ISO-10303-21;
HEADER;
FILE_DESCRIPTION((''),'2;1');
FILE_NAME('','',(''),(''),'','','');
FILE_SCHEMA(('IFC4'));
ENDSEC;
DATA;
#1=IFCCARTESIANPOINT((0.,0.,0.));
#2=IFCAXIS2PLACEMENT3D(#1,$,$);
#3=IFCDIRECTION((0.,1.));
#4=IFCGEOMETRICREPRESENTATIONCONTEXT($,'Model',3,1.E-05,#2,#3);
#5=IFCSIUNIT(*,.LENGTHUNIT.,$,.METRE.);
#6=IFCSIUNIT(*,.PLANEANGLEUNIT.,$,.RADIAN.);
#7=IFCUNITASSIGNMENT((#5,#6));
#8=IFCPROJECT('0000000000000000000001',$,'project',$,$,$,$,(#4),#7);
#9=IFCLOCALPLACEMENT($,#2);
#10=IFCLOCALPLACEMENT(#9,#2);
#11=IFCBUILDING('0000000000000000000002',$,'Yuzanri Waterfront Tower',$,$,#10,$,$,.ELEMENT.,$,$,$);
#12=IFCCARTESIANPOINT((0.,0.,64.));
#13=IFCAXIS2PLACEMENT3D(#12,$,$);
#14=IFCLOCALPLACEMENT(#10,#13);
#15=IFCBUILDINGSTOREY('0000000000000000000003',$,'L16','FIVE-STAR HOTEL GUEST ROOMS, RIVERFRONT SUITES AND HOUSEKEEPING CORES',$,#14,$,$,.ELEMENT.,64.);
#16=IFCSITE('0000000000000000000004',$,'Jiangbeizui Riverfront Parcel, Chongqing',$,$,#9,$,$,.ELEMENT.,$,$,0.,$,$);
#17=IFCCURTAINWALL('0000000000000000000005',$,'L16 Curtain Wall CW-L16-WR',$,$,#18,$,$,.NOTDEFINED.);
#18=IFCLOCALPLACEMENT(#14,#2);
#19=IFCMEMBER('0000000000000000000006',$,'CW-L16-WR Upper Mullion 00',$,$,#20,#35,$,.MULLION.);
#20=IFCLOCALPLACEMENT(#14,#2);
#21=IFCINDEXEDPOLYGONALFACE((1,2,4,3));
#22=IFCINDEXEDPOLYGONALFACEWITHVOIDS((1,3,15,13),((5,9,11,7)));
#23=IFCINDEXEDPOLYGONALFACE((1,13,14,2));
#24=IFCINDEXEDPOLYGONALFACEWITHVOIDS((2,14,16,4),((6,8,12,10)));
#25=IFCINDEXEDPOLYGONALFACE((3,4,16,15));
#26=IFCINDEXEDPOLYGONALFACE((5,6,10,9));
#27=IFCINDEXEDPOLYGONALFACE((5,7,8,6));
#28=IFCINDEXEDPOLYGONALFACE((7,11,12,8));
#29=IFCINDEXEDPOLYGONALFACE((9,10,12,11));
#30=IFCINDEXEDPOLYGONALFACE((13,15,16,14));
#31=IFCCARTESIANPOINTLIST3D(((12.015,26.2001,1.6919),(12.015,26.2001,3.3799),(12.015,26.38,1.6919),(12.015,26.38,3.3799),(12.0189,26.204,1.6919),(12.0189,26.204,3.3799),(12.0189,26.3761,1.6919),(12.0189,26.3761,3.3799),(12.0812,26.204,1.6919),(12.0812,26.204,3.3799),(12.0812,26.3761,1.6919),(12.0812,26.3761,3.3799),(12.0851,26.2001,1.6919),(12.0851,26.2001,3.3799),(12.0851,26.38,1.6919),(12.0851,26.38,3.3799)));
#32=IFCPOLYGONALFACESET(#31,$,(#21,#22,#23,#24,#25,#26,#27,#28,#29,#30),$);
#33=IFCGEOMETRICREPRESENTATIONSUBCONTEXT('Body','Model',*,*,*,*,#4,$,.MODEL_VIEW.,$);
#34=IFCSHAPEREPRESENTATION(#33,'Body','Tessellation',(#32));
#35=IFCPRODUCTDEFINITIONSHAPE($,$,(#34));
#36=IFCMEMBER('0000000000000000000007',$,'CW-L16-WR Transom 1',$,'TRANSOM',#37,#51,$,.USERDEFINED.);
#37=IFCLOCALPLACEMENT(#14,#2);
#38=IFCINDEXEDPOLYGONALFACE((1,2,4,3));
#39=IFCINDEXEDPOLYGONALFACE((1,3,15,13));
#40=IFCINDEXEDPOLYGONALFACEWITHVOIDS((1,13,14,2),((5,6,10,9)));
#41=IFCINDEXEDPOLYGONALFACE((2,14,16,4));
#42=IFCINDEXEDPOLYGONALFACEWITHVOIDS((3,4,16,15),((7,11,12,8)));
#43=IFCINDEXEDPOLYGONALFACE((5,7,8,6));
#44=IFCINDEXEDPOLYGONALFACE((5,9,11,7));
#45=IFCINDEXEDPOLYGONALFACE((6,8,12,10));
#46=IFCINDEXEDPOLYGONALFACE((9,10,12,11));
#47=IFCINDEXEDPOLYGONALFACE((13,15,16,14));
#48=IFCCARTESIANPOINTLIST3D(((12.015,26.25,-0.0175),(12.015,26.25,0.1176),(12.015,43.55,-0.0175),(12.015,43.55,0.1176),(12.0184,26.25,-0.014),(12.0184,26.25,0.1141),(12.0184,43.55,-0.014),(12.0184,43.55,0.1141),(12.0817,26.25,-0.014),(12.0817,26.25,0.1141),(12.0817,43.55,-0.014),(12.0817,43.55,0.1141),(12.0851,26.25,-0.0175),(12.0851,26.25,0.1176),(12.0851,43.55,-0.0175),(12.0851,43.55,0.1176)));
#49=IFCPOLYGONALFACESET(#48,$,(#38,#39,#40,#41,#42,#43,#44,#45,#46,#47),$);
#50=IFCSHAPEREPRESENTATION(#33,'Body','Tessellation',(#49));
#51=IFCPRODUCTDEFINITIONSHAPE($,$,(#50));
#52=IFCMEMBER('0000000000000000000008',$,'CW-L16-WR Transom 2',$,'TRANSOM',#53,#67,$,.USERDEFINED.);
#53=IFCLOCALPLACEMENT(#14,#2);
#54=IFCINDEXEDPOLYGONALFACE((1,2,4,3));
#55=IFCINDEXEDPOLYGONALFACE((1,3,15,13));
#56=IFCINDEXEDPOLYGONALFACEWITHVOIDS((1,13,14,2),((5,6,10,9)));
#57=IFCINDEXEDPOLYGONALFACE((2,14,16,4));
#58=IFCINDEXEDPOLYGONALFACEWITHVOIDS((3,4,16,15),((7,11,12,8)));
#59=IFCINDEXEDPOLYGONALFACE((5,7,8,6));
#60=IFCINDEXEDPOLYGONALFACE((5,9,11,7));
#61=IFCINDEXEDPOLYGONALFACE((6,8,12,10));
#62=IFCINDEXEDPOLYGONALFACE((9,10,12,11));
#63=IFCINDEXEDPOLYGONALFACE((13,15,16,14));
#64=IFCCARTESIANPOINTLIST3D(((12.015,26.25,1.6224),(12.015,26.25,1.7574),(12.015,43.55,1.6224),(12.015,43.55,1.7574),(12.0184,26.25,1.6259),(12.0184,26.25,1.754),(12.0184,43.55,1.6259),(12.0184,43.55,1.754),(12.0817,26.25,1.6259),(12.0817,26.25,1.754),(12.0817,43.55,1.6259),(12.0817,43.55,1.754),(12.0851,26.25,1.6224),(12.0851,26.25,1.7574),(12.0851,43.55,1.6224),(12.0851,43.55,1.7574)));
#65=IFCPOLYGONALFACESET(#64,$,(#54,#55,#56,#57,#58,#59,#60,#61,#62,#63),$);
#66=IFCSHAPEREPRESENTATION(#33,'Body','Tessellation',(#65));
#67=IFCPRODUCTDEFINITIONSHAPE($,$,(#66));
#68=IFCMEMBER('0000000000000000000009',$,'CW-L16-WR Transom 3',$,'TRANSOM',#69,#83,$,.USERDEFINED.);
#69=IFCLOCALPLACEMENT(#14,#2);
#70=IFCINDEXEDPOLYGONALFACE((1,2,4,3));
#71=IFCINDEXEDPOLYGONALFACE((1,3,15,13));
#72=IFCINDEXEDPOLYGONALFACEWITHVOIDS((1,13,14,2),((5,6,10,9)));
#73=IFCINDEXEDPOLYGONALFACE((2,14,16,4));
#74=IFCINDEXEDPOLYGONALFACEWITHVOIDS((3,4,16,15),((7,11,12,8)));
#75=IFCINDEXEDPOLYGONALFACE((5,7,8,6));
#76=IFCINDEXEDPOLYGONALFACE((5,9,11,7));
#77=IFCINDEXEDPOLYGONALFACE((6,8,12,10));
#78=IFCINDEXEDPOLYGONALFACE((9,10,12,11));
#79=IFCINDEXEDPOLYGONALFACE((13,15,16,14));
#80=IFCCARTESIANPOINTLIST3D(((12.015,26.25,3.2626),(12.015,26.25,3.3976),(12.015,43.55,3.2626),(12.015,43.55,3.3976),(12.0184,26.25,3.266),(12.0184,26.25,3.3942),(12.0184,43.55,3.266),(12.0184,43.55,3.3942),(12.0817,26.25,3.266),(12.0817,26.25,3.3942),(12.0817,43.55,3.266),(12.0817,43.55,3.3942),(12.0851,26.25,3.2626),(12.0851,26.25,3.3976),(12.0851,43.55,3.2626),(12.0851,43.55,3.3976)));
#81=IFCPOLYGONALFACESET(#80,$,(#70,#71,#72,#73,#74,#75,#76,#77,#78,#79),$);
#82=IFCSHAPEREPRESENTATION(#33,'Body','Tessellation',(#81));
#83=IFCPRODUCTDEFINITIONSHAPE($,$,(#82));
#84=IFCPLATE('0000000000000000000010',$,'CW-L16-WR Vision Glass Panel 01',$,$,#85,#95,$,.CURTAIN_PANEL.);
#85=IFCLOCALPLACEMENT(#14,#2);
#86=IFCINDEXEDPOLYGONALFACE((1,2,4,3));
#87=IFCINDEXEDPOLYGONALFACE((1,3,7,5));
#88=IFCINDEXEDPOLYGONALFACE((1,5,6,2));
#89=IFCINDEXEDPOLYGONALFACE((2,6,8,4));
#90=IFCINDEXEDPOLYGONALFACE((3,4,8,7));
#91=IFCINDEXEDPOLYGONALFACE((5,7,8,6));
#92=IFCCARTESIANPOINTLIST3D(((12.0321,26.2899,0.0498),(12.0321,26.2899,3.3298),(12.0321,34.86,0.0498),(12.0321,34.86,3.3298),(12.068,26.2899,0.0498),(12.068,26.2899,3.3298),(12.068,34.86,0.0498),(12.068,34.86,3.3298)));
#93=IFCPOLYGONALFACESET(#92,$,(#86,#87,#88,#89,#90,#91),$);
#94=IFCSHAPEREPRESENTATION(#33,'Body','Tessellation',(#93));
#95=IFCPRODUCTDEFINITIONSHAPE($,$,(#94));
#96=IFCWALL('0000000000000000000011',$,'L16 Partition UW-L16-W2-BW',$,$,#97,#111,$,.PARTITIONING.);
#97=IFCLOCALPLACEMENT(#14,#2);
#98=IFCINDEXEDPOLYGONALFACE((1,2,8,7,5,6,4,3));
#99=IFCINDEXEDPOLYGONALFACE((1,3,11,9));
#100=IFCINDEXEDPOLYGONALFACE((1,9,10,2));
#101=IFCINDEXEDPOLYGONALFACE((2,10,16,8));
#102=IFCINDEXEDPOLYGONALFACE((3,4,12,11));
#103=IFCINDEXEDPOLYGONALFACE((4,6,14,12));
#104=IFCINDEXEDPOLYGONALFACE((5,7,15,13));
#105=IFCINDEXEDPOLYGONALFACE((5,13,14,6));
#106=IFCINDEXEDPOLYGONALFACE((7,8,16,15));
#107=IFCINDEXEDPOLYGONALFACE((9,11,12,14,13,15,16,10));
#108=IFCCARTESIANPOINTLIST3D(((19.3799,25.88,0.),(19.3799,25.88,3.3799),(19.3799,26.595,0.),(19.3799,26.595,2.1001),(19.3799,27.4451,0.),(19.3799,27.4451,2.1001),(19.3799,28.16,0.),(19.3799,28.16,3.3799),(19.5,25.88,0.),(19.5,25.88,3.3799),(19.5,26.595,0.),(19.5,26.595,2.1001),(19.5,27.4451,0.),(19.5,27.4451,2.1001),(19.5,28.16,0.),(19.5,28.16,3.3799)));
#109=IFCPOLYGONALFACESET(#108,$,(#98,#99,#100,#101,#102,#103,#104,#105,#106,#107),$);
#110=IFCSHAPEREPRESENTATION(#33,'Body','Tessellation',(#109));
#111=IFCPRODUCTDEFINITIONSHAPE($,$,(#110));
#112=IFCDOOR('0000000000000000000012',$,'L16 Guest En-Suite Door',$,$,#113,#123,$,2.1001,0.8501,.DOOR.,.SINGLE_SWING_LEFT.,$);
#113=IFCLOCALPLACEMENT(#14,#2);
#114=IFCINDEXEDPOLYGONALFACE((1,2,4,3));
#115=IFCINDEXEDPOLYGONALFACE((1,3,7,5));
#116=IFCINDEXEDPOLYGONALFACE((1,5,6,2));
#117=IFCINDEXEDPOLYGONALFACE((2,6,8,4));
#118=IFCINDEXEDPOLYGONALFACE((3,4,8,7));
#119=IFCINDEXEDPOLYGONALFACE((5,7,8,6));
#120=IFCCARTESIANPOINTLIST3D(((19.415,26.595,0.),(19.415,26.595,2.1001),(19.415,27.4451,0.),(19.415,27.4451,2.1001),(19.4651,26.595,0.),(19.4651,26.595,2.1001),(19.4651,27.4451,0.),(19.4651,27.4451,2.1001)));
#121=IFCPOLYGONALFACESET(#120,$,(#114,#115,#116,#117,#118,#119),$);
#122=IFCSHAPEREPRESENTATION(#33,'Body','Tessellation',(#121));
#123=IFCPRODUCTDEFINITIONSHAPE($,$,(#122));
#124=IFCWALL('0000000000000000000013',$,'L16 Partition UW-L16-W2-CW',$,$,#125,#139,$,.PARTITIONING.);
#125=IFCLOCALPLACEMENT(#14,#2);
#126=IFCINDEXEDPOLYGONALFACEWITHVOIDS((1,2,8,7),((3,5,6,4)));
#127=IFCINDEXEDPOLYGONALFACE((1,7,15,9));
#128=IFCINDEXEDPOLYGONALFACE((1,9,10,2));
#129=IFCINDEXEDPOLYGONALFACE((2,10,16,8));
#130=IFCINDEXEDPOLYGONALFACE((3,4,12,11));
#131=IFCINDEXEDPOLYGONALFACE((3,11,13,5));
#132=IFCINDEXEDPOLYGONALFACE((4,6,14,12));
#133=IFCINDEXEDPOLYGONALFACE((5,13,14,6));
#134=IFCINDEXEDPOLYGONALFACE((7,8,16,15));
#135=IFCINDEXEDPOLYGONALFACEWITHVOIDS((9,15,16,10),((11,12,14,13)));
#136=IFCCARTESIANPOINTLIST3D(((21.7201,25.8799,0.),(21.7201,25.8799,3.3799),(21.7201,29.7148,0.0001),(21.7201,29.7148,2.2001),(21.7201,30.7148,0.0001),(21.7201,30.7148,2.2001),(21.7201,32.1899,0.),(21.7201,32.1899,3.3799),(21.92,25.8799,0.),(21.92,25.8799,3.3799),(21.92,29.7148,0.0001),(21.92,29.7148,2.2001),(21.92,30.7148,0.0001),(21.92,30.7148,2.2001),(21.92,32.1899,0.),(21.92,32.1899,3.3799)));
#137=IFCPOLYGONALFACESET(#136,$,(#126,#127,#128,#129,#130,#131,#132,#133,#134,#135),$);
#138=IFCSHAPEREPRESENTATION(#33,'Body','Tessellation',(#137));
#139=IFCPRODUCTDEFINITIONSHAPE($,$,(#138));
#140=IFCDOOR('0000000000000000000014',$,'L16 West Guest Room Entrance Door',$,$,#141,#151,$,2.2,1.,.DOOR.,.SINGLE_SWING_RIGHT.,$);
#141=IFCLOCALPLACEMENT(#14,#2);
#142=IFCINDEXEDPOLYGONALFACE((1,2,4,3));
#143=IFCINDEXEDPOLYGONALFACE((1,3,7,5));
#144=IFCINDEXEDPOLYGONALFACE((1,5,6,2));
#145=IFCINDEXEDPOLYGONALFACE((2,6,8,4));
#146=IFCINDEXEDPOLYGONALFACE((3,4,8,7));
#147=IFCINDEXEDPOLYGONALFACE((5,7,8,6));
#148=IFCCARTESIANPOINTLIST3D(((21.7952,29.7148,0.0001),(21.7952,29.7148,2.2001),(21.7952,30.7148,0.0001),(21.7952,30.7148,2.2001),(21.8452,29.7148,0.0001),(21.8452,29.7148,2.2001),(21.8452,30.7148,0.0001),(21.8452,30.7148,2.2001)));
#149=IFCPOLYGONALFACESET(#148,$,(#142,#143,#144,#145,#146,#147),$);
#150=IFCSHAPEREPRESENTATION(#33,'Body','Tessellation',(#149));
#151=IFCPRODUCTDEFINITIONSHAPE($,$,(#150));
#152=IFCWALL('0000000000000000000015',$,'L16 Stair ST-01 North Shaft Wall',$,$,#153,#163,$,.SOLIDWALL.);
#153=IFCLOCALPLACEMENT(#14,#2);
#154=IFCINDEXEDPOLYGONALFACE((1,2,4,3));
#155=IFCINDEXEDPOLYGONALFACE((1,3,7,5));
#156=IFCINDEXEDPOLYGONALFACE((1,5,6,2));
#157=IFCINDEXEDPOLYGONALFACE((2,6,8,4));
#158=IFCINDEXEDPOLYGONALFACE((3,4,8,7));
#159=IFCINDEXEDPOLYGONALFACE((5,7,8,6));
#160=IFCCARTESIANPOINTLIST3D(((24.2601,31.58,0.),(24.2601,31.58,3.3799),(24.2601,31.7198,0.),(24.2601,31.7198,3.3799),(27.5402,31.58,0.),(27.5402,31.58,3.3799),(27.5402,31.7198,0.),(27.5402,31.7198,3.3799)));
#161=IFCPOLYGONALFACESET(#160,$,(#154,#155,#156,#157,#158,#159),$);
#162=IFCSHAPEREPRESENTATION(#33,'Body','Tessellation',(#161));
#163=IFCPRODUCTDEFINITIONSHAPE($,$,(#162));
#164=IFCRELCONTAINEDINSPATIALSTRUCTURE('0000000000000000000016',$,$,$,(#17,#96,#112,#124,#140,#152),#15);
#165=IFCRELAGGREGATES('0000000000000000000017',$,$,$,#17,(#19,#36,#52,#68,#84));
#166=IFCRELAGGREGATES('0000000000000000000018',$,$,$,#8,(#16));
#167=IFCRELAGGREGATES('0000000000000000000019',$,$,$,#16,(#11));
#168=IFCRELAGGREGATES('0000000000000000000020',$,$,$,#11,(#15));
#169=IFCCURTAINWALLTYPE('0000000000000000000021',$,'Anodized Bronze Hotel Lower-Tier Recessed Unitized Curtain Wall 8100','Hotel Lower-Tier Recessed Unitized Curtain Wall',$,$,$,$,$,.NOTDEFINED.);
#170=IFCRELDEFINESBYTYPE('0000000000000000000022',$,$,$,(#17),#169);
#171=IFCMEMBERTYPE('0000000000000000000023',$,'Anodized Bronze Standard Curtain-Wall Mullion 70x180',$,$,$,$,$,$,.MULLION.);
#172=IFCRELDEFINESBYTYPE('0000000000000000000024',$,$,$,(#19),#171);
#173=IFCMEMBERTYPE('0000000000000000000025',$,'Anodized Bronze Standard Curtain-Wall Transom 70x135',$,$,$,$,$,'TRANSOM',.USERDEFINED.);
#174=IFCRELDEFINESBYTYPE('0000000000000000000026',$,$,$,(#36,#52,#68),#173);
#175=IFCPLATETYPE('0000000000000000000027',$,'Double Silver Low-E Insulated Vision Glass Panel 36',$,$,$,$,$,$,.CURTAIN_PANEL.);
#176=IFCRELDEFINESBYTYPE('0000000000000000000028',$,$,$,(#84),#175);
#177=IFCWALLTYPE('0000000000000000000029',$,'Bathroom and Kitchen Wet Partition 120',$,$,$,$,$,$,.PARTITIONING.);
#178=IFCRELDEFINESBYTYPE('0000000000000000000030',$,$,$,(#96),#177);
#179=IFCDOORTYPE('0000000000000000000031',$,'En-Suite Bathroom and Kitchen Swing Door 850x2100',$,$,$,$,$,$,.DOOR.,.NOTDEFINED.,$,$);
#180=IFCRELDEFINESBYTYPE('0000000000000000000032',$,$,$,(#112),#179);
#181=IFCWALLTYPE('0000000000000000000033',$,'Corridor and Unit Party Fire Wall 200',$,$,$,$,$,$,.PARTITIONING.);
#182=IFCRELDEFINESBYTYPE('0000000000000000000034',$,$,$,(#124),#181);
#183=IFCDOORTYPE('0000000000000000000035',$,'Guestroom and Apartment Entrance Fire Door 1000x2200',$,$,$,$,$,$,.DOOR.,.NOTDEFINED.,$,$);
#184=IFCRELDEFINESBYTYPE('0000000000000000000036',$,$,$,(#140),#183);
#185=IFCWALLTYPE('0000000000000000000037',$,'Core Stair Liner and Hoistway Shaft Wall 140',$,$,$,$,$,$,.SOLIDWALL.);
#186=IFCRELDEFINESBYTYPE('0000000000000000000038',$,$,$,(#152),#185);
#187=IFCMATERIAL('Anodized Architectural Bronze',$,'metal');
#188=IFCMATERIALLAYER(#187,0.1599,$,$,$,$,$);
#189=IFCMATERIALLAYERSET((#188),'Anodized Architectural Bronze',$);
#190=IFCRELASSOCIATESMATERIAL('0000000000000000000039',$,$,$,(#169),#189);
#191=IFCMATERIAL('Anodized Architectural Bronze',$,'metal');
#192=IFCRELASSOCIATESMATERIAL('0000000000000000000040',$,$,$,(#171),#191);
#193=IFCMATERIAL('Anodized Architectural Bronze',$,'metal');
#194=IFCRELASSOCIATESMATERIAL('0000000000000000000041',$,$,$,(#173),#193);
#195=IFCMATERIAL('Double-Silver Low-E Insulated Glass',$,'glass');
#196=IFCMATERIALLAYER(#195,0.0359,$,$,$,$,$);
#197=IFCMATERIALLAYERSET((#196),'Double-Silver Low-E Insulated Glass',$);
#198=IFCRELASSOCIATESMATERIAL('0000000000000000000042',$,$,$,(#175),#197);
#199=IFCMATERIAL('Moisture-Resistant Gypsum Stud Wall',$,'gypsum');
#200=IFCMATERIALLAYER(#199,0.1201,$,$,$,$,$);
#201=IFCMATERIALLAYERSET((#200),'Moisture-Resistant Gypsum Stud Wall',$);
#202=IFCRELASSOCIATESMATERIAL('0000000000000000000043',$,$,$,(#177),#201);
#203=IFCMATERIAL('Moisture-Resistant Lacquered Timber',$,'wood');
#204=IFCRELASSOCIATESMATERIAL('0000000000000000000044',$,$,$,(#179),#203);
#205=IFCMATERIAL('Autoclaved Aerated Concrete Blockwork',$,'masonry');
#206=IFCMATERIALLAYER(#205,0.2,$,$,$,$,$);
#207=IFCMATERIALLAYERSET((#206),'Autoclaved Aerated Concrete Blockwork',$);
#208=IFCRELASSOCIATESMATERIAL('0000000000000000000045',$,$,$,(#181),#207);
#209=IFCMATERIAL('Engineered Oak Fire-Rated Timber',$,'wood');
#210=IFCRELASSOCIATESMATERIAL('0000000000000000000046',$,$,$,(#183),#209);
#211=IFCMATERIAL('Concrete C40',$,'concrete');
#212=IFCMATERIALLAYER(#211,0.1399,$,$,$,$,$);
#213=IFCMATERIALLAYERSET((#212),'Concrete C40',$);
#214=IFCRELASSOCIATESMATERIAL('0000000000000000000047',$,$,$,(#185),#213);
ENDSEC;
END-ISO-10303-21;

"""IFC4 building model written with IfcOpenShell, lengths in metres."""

from ifc_helpers import new_model, si_unit, direction, frame, frame_2d, origin, origin_2d, place, context, subcontext, project, spatial, rectangle, hollow_rectangle, extrude, source, transform, mapped, material, layer, layer_set, material_profile, profile_set, type_object, element, fill, aggregate, save


model = new_model("IFC4")

# Units and contexts
model_context = context("Model", 3, precision=1e-05, world=origin(), true_north=direction((0.0, 1.0)))
body_context = subcontext(model_context, "Body", "Model", "MODEL_VIEW")
ifc_project = project(units=[si_unit("LENGTHUNIT", "METRE"), si_unit("PLANEANGLEUNIT", "RADIAN")], contexts=[model_context])

# Site, building, storey
site_placement = place(None, origin())
site = spatial("IfcSite", under=ifc_project, at=site_placement, Name="Jiangbeizui Riverfront Parcel, Chongqing", CompositionType="ELEMENT", RefElevation=0.0)
building_placement = place(site_placement, origin())
building = spatial("IfcBuilding", under=site, at=building_placement, Name="Yuzanri Waterfront Tower", CompositionType="ELEMENT")
storey_placement = place(building_placement, frame((0.0, 0.0, 64.0)))
storey = spatial("IfcBuildingStorey", under=building, at=storey_placement, Name="L16", Description="FIVE-STAR HOTEL GUEST ROOMS, RIVERFRONT SUITES AND HOUSEKEEPING CORES", CompositionType="ELEMENT", Elevation=64.0)

# Shared definitions
ifc_material_1 = material(Name="Anodized Architectural Bronze", Category="metal")
ifc_layer_1 = layer(ifc_material_1, 0.1599)
ifc_layer_set_1 = layer_set([ifc_layer_1], Name="Anodized Architectural Bronze")
curtain_wall_type = type_object("IfcCurtainWallType", Name="Anodized Bronze Hotel Lower-Tier Recessed Unitized Curtain Wall 8100", Description="Hotel Lower-Tier Recessed Unitized Curtain Wall", PredefinedType="NOTDEFINED", material=ifc_layer_set_1)
ifc_material_2 = material(Name="Anodized Architectural Bronze", Category="metal")
ifc_material_profile_1 = material_profile(ifc_material_2, hollow_rectangle(XDim=0.0701, YDim=0.1799, WallThickness=0.0039, at=origin_2d()), Name="CWM 70x180")
ifc_profile_set_1 = profile_set([ifc_material_profile_1], Name="Anodized Architectural Bronze")
member_type_1 = type_object("IfcMemberType", Name="Anodized Bronze Standard Curtain-Wall Mullion 70x180", PredefinedType="MULLION", material=ifc_profile_set_1)
shared_shape_1 = source(origin(), body_context, "Body", "SweptSolid", [
    extrude(hollow_rectangle(XDim=0.0701, YDim=0.1799, WallThickness=0.0039, at=origin_2d()), origin(), (0.0, 0.0, 1.0), 1.688),
])

# Curtain wall, members, plate
curtain_wall_1_placement = place(storey_placement, origin())
curtain_wall_1 = element("IfcCurtainWall", 1, at=curtain_wall_1_placement, inside=storey, type_object=curtain_wall_type, Name="L16 Curtain Wall CW-L16-WR", PredefinedType="NOTDEFINED")
member_1_placement = place(storey_placement, frame((12.05, 26.29, 1.6919), z_axis=(0.0, 0.0, 1.0), x_axis=(1.0, 0.0, 0.0)))
member_1 = element("IfcMember", 2, at=member_1_placement, type_object=member_type_1, Name="CW-L16-WR Upper Mullion 00", PredefinedType="MULLION", context=body_context, shape_type="MappedRepresentation", body=[
    mapped(shared_shape_1, transform((0.0, 0.0, 0.0), scale=1.0)),
])
ifc_material_3 = material(Name="Anodized Architectural Bronze", Category="metal")
ifc_material_profile_2 = material_profile(ifc_material_3, hollow_rectangle(XDim=0.0701, YDim=0.135, WallThickness=0.0034, at=origin_2d()), Name="CWT 70x135")
ifc_profile_set_2 = profile_set([ifc_material_profile_2], Name="Anodized Architectural Bronze")
member_type_2 = type_object("IfcMemberType", Name="Anodized Bronze Standard Curtain-Wall Transom 70x135", ElementType="TRANSOM", PredefinedType="USERDEFINED", material=ifc_profile_set_2)
shared_shape_2 = source(origin(), body_context, "Body", "SweptSolid", [
    extrude(hollow_rectangle(XDim=0.0701, YDim=0.135, WallThickness=0.0034, at=origin_2d()), origin(), (0.0, 0.0, 1.0), 17.3),
])
member_2_placement = place(storey_placement, frame((12.05, 26.25, 0.05), z_axis=(0.0, 1.0, 0.0), x_axis=(-1.0, 0.0, 0.0)))
member_2 = element("IfcMember", 3, at=member_2_placement, type_object=member_type_2, Name="CW-L16-WR Transom 1", ObjectType="TRANSOM", PredefinedType="USERDEFINED", context=body_context, shape_type="MappedRepresentation", body=[
    mapped(shared_shape_2, transform((0.0, 0.0, 0.0), scale=1.0)),
])
member_3_placement = place(storey_placement, frame((12.05, 26.25, 1.6899), z_axis=(0.0, 1.0, 0.0), x_axis=(-1.0, 0.0, 0.0)))
member_3 = element("IfcMember", 4, at=member_3_placement, type_object=member_type_2, Name="CW-L16-WR Transom 2", ObjectType="TRANSOM", PredefinedType="USERDEFINED", context=body_context, shape_type="MappedRepresentation", body=[
    mapped(shared_shape_2, transform((0.0, 0.0, 0.0), scale=1.0)),
])
member_4_placement = place(storey_placement, frame((12.05, 26.25, 3.3301), z_axis=(0.0, 1.0, 0.0), x_axis=(-1.0, 0.0, 0.0)))
member_4 = element("IfcMember", 5, at=member_4_placement, type_object=member_type_2, Name="CW-L16-WR Transom 3", ObjectType="TRANSOM", PredefinedType="USERDEFINED", context=body_context, shape_type="MappedRepresentation", body=[
    mapped(shared_shape_2, transform((0.0, 0.0, 0.0), scale=1.0)),
])
ifc_material_4 = material(Name="Double-Silver Low-E Insulated Glass", Category="glass")
ifc_layer_2 = layer(ifc_material_4, 0.0359)
ifc_layer_set_2 = layer_set([ifc_layer_2], Name="Double-Silver Low-E Insulated Glass")
plate_type = type_object("IfcPlateType", Name="Double Silver Low-E Insulated Vision Glass Panel 36", PredefinedType="CURTAIN_PANEL", material=ifc_layer_set_2)
shared_shape_3 = source(origin(), body_context, "Body", "SweptSolid", [
    extrude(rectangle(XDim=8.5701, YDim=0.0359, at=origin_2d()), origin(), (0.0, 0.0, 1.0), 3.28),
])
plate_placement = place(storey_placement, frame((12.05, 30.575, 0.0498), z_axis=(0.0, 0.0, 1.0), x_axis=(0.0, 1.0, 0.0)))
plate = element("IfcPlate", 6, at=plate_placement, type_object=plate_type, Name="CW-L16-WR Vision Glass Panel 01", PredefinedType="CURTAIN_PANEL", context=body_context, shape_type="MappedRepresentation", body=[
    mapped(shared_shape_3, transform((0.0, 0.0, 0.0), scale=1.0)),
])
aggregate(curtain_wall_1, [member_1, member_2, member_3, member_4, plate])

# Wall, opening, door
ifc_material_5 = material(Name="Moisture-Resistant Gypsum Stud Wall", Category="gypsum")
ifc_layer_3 = layer(ifc_material_5, 0.1201)
ifc_layer_set_3 = layer_set([ifc_layer_3], Name="Moisture-Resistant Gypsum Stud Wall")
wall_type_1 = type_object("IfcWallType", Name="Bathroom and Kitchen Wet Partition 120", PredefinedType="PARTITIONING", material=ifc_layer_set_3)
wall_1_placement = place(storey_placement, frame((19.4399, 25.8799, 0.0), z_axis=(0.0, 0.0, 1.0), x_axis=(0.0, 1.0, 0.0)))
wall_1 = element("IfcWall", 7, at=wall_1_placement, inside=storey, type_object=wall_type_1, Name="L16 Partition UW-L16-W2-BW", PredefinedType="PARTITIONING", context=body_context, shape_type="SweptSolid", body=[
    extrude(rectangle(XDim=2.28, YDim=0.1201, at=frame_2d((1.1401, 0.0))), origin(), (0.0, 0.0, 1.0), 3.3799),
])
opening_1_placement = place(wall_1_placement, frame((0.7151, 0.0, 0.0)))
opening_1 = element("IfcOpeningElement", 8, at=opening_1_placement, cuts=wall_1, PredefinedType="OPENING", context=body_context, shape_type="SweptSolid", body=[
    extrude(rectangle(XDim=0.8501, YDim=2.1001, at=frame_2d((0.425, 1.05))), frame((0.0, 0.075, 0.0), z_axis=(0.0, -1.0, 0.0), x_axis=(1.0, 0.0, 0.0)), (0.0, 0.0, 1.0), 0.1499),
])
ifc_material_6 = material(Name="Moisture-Resistant Lacquered Timber", Category="wood")
door_type_1 = type_object("IfcDoorType", Name="En-Suite Bathroom and Kitchen Swing Door 850x2100", OperationType="NOTDEFINED", PredefinedType="DOOR", material=ifc_material_6)
shared_shape_4 = source(origin(), body_context, "Body", "SweptSolid", [
    extrude(rectangle(XDim=0.8501, YDim=2.1001, at=frame_2d((0.425, 1.05))), frame((0.0, 0.0249, 0.0), z_axis=(0.0, -1.0, 0.0), x_axis=(1.0, 0.0, 0.0)), (0.0, 0.0, 1.0), 0.05),
])
door_1_placement = place(opening_1_placement, origin())
door_1 = element("IfcDoor", 9, at=door_1_placement, inside=storey, type_object=door_type_1, Name="L16 Guest En-Suite Door", OperationType="SINGLE_SWING_LEFT", OverallHeight=2.1001, OverallWidth=0.8501, PredefinedType="DOOR", context=body_context, shape_type="MappedRepresentation", body=[
    mapped(shared_shape_4, transform((0.0, 0.0, 0.0), scale=1.0)),
])
fill(opening_1, door_1)

# Wall, opening, door
ifc_material_7 = material(Name="Autoclaved Aerated Concrete Blockwork", Category="masonry")
ifc_layer_4 = layer(ifc_material_7, 0.2)
ifc_layer_set_4 = layer_set([ifc_layer_4], Name="Autoclaved Aerated Concrete Blockwork")
wall_type_2 = type_object("IfcWallType", Name="Corridor and Unit Party Fire Wall 200", PredefinedType="PARTITIONING", material=ifc_layer_set_4)
wall_2_placement = place(storey_placement, frame((21.8201, 25.8799, 0.0), z_axis=(0.0, 0.0, 1.0), x_axis=(0.0, 1.0, 0.0)))
wall_2 = element("IfcWall", 10, at=wall_2_placement, inside=storey, type_object=wall_type_2, Name="L16 Partition UW-L16-W2-CW", PredefinedType="PARTITIONING", context=body_context, shape_type="SweptSolid", body=[
    extrude(rectangle(XDim=6.3101, YDim=0.2, at=frame_2d((3.155, 0.0))), origin(), (0.0, 0.0, 1.0), 3.3799),
])
opening_2_placement = place(wall_2_placement, frame((3.835, 0.0, 0.0)))
opening_2 = element("IfcOpeningElement", 11, at=opening_2_placement, cuts=wall_2, PredefinedType="OPENING", context=body_context, shape_type="SweptSolid", body=[
    extrude(rectangle(XDim=1.0, YDim=2.2, at=frame_2d((0.5, 1.1001))), frame((0.0, 0.1147, 0.0), z_axis=(0.0, -1.0, 0.0), x_axis=(1.0, 0.0, 0.0)), (0.0, 0.0, 1.0), 0.2297),
])
ifc_material_8 = material(Name="Engineered Oak Fire-Rated Timber", Category="wood")
door_type_2 = type_object("IfcDoorType", Name="Guestroom and Apartment Entrance Fire Door 1000x2200", OperationType="NOTDEFINED", PredefinedType="DOOR", material=ifc_material_8)
shared_shape_5 = source(origin(), body_context, "Body", "SweptSolid", [
    extrude(rectangle(XDim=1.0, YDim=2.2, at=frame_2d((0.5, 1.1001))), frame((0.0, 0.0249, 0.0), z_axis=(0.0, -1.0, 0.0), x_axis=(1.0, 0.0, 0.0)), (0.0, 0.0, 1.0), 0.05),
])
door_2_placement = place(opening_2_placement, origin())
door_2 = element("IfcDoor", 12, at=door_2_placement, inside=storey, type_object=door_type_2, Name="L16 West Guest Room Entrance Door", OperationType="SINGLE_SWING_RIGHT", OverallHeight=2.2, OverallWidth=1.0, PredefinedType="DOOR", context=body_context, shape_type="MappedRepresentation", body=[
    mapped(shared_shape_5, transform((0.0, 0.0, 0.0), scale=1.0)),
])
fill(opening_2, door_2)

# Wall
ifc_material_9 = material(Name="Concrete C40", Category="concrete")
ifc_layer_5 = layer(ifc_material_9, 0.1399)
ifc_layer_set_5 = layer_set([ifc_layer_5], Name="Concrete C40")
wall_type_3 = type_object("IfcWallType", Name="Core Stair Liner and Hoistway Shaft Wall 140", PredefinedType="SOLIDWALL", material=ifc_layer_set_5)
shared_shape_6 = source(origin(), body_context, "Body", "SweptSolid", [
    extrude(rectangle(XDim=3.28, YDim=0.1399, at=frame_2d((1.6401, 0.0))), origin(), (0.0, 0.0, 1.0), 3.3799),
])
wall_3_placement = place(storey_placement, frame((24.26, 31.6499, 0.0), z_axis=(0.0, 0.0, 1.0), x_axis=(1.0, 0.0, 0.0)))
element("IfcWall", 13, at=wall_3_placement, inside=storey, type_object=wall_type_3, Name="L16 Stair ST-01 North Shaft Wall", PredefinedType="SOLIDWALL", context=body_context, shape_type="MappedRepresentation", body=[
    mapped(shared_shape_6, transform((0.0, 0.0, 0.0), scale=1.0)),
])

save(model, "model.ifc")
